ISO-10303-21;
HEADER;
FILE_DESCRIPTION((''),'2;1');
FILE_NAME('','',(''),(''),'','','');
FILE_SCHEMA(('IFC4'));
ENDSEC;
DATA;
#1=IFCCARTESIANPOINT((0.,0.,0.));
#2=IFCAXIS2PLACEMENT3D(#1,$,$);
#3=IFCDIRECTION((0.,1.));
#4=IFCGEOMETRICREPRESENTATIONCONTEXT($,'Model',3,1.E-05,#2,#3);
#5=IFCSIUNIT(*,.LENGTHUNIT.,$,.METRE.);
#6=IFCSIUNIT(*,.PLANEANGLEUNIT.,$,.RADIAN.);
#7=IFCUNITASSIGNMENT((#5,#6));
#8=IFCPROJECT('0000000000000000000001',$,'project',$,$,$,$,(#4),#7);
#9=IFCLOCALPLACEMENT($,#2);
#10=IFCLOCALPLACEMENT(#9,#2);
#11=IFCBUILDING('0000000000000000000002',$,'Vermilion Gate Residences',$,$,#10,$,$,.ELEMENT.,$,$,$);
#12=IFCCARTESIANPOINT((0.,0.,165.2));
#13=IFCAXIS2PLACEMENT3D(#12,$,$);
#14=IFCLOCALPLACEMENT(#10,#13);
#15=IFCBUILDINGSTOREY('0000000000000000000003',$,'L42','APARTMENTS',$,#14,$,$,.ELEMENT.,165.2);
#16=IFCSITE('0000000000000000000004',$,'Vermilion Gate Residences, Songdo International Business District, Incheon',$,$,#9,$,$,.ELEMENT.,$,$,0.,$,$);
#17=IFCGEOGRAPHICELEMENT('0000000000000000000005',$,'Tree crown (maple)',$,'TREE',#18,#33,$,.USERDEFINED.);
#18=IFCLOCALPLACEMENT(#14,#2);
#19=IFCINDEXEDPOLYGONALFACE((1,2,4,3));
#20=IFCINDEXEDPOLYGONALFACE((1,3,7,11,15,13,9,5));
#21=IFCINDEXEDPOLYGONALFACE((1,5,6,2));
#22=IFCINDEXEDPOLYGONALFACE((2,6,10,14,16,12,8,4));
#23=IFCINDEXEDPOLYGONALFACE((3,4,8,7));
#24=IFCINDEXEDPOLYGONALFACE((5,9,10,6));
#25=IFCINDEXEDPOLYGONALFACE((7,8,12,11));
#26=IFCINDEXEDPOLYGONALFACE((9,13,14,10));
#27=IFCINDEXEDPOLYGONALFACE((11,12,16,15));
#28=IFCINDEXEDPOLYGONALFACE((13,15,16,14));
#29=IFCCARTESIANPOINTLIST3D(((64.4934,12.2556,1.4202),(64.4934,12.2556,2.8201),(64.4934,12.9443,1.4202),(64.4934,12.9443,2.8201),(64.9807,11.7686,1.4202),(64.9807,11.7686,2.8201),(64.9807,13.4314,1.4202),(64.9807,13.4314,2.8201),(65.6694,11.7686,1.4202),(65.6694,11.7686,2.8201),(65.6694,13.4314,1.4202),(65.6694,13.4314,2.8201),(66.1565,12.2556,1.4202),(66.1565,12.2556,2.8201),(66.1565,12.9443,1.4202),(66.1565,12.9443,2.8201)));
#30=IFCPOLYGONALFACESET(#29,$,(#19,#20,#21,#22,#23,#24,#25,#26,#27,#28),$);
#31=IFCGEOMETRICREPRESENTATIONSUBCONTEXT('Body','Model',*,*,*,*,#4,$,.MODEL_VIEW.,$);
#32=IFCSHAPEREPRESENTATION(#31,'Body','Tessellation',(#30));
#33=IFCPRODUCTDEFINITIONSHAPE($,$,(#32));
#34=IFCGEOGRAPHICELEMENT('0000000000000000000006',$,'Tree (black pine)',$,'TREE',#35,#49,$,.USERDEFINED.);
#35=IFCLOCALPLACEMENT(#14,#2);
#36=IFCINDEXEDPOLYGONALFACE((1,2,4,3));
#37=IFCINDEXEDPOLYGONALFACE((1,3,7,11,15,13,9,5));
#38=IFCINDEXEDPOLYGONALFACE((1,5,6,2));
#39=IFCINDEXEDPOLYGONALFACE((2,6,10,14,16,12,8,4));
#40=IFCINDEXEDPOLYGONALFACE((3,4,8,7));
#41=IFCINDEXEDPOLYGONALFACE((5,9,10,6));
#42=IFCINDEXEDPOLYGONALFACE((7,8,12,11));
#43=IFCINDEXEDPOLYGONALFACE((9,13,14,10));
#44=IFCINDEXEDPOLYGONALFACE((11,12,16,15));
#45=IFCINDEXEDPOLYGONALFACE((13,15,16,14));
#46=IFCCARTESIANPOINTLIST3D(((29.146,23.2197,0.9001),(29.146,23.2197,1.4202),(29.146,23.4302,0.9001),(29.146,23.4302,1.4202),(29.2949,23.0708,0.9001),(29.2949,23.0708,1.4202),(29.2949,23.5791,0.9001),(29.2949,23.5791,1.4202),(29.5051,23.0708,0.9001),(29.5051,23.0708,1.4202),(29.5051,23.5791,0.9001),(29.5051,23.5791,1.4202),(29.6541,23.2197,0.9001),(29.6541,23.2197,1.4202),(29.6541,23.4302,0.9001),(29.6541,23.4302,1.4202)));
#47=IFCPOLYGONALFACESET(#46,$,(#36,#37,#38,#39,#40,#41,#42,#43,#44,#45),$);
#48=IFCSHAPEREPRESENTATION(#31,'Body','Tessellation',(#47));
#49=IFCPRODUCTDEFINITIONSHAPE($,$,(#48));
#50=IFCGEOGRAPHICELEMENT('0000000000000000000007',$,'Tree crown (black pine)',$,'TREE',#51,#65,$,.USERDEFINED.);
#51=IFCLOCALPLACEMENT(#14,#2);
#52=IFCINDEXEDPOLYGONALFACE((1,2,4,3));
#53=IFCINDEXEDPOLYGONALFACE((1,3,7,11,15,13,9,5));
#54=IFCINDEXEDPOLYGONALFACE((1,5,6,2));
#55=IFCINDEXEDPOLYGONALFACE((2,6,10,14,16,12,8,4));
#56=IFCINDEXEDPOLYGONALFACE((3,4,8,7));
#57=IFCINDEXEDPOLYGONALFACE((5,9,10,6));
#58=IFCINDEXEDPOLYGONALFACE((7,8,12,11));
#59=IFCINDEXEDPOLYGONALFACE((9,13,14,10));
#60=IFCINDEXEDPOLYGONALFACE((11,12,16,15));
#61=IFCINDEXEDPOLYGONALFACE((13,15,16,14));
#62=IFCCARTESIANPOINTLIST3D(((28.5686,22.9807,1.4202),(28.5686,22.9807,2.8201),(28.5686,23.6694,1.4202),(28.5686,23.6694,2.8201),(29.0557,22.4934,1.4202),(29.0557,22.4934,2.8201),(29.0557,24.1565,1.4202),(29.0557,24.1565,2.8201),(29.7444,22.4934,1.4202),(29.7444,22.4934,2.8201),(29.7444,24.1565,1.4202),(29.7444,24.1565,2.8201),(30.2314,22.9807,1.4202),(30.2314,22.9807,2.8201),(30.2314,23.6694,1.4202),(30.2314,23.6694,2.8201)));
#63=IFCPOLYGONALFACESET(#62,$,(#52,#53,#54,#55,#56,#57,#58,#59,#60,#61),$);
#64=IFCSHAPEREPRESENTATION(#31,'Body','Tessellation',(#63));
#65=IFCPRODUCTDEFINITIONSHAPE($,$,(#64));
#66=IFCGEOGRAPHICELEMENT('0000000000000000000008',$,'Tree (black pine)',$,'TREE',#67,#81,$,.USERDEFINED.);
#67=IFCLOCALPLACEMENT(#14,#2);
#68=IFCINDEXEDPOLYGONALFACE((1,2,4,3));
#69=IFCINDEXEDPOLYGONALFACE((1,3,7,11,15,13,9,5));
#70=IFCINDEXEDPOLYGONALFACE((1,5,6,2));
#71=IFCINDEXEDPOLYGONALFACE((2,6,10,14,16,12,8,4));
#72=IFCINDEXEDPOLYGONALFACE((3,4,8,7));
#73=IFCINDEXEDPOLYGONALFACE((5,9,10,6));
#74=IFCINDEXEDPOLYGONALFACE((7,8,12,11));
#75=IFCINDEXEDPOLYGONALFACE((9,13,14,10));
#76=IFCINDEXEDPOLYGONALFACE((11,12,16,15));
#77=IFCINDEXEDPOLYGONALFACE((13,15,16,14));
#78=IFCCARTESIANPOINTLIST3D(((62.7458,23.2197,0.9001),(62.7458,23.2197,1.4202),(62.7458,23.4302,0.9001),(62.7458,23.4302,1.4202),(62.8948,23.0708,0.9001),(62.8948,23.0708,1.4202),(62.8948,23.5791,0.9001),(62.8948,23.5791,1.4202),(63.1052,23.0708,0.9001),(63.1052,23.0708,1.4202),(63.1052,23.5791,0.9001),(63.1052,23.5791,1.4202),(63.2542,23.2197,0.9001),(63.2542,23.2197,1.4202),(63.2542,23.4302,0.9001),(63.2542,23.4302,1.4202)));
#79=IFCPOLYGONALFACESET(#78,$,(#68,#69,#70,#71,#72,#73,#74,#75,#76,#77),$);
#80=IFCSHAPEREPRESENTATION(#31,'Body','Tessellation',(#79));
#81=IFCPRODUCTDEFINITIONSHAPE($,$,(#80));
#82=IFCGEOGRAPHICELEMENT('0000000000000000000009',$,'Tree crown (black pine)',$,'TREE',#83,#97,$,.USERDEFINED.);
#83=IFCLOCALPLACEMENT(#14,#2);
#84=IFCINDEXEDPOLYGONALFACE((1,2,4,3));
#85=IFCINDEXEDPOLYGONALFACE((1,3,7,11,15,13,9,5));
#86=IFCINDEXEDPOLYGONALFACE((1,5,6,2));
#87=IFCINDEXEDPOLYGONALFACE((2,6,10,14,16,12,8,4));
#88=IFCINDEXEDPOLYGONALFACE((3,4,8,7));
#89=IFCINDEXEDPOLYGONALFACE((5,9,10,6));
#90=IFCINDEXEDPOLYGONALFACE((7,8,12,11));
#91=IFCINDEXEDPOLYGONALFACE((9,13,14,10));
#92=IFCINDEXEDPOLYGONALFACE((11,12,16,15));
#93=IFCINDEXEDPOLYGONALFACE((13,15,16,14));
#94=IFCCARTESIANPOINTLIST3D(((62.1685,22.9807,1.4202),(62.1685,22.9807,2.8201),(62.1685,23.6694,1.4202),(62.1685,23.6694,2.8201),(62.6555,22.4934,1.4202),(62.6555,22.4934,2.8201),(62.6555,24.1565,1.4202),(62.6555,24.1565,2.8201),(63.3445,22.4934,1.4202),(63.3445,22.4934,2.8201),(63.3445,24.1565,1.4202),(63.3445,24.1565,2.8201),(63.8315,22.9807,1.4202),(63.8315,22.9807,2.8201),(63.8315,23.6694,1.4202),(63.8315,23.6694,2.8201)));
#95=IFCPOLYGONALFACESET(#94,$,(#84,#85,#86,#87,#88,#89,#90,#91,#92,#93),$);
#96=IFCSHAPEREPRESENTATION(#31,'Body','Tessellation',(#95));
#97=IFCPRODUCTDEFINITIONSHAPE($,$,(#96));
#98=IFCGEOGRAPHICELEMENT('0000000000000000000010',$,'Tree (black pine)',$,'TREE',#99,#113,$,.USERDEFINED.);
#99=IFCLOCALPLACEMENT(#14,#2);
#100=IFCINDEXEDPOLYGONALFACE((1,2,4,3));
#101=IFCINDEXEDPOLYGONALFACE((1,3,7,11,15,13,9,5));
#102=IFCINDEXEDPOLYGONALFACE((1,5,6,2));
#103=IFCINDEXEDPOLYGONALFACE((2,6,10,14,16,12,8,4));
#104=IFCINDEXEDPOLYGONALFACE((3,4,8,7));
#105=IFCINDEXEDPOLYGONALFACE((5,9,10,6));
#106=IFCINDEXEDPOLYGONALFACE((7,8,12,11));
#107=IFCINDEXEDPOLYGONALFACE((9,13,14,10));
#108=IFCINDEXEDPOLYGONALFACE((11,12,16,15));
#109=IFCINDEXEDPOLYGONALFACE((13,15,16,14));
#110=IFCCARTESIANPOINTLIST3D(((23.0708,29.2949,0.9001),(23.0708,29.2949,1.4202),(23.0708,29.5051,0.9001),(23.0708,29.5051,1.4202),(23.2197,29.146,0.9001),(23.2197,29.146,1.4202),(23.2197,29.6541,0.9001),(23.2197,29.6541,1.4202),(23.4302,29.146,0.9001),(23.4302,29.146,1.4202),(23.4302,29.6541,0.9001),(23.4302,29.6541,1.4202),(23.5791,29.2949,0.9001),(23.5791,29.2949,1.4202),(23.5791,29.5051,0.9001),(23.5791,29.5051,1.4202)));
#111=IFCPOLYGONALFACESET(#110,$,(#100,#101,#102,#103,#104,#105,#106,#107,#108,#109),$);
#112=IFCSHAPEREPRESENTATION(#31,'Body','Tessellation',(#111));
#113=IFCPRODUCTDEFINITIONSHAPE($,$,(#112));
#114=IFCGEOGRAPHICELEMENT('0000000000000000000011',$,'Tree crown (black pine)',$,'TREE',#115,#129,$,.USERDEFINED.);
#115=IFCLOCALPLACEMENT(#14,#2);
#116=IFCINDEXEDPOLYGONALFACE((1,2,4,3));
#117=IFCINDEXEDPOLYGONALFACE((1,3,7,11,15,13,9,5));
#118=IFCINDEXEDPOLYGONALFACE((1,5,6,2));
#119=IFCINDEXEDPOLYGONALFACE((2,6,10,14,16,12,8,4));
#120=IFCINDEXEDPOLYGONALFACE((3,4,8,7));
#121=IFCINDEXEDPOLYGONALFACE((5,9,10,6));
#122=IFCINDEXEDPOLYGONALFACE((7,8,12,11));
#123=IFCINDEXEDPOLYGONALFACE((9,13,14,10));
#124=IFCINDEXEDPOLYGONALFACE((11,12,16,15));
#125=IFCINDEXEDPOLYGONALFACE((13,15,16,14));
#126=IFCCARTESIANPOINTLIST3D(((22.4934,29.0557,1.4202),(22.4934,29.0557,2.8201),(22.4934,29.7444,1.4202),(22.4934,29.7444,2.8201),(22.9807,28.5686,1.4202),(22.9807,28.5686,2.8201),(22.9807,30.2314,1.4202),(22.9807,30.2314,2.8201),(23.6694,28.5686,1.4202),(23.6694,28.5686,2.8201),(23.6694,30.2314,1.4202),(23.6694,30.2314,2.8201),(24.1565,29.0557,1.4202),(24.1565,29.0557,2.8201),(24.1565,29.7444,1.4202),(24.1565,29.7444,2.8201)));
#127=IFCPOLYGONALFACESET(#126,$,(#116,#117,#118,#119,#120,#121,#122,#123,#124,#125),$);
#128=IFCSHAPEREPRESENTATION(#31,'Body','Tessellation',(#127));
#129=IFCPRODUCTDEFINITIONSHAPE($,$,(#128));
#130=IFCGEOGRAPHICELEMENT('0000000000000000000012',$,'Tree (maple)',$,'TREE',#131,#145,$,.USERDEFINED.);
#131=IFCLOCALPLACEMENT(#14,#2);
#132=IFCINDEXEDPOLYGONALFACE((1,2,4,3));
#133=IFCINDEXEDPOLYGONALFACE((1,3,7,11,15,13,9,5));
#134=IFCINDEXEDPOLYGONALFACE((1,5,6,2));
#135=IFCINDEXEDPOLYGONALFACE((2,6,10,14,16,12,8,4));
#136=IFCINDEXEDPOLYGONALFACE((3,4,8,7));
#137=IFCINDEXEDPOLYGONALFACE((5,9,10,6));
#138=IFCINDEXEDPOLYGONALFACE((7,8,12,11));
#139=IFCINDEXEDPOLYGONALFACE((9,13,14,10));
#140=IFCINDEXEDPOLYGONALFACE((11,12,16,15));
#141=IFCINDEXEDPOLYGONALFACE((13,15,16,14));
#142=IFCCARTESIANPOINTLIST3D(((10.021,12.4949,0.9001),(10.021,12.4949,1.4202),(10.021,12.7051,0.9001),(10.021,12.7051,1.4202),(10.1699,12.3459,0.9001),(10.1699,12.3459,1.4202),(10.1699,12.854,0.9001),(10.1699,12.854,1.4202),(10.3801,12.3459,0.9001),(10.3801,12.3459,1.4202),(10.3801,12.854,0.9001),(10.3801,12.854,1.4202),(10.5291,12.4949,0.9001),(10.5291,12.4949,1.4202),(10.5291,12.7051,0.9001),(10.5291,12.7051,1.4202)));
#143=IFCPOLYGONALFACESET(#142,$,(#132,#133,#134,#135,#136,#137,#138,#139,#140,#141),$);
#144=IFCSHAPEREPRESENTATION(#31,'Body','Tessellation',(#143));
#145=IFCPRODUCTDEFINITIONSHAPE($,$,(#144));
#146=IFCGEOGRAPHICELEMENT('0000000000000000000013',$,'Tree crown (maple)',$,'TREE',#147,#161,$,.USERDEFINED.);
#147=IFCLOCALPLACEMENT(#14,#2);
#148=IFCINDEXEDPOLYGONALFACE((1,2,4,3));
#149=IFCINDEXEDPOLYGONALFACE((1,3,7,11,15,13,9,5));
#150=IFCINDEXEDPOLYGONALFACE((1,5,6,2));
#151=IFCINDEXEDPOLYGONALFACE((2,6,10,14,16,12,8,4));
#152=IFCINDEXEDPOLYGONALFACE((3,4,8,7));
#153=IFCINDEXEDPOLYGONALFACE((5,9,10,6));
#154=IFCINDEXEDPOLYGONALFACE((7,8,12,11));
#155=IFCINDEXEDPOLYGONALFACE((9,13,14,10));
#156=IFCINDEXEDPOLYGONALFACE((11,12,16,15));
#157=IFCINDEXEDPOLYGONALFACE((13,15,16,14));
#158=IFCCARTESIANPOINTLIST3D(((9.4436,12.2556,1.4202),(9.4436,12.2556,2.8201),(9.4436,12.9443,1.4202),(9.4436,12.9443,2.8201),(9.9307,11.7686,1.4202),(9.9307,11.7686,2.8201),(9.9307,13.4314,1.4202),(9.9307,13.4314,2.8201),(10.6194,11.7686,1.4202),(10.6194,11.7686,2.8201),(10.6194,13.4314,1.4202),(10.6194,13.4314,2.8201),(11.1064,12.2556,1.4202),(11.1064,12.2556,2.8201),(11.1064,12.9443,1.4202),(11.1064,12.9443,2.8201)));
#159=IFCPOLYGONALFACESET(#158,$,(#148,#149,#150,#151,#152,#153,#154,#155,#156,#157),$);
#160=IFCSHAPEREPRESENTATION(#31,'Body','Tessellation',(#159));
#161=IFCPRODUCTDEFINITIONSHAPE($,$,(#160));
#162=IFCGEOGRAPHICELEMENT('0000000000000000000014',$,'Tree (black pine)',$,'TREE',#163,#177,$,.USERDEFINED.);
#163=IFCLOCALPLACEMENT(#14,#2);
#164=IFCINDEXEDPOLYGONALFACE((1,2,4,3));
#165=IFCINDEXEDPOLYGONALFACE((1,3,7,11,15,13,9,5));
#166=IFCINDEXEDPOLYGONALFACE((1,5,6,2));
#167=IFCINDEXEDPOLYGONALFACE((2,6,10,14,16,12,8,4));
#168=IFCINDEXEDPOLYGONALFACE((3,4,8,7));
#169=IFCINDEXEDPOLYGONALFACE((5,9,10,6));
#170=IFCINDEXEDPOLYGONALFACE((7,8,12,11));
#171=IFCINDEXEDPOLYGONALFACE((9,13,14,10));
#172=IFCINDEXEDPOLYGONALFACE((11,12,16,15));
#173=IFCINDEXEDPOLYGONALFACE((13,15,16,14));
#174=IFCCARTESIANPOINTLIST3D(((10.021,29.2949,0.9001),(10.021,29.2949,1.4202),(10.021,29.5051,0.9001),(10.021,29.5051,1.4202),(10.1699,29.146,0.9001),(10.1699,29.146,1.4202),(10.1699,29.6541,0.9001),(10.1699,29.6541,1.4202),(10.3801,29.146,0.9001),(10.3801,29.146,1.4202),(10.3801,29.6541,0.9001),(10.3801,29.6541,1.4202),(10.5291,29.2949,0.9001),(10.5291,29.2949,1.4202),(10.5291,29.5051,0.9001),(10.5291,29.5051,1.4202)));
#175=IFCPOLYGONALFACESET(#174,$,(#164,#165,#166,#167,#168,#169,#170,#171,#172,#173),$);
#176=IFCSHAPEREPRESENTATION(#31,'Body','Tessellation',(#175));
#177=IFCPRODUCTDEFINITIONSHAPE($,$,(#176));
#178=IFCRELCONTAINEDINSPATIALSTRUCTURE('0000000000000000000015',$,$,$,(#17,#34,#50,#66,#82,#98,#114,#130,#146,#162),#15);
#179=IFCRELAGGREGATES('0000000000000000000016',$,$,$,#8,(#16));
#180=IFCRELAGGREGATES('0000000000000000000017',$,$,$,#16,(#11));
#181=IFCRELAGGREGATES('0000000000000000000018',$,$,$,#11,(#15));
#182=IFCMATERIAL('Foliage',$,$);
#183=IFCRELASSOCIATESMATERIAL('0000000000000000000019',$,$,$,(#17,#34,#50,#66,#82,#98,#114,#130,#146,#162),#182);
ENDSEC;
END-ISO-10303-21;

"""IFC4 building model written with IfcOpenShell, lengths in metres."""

from ifc_helpers import new_model, si_unit, direction, frame, origin, place, context, subcontext, project, spatial, polyline, outline, extrude, material, element, save


model = new_model("IFC4")

# Units and contexts
model_context = context("Model", 3, precision=1e-05, world=origin(), true_north=direction((0.0, 1.0)))
body_context = subcontext(model_context, "Body", "Model", "MODEL_VIEW")
ifc_project = project(units=[si_unit("LENGTHUNIT", "METRE"), si_unit("PLANEANGLEUNIT", "RADIAN")], contexts=[model_context])

# Site, building, storey
site_placement = place(None, origin())
site = spatial("IfcSite", under=ifc_project, at=site_placement, Name="Vermilion Gate Residences, Songdo International Business District, Incheon", CompositionType="ELEMENT", RefElevation=0.0)
building_placement = place(site_placement, origin())
building = spatial("IfcBuilding", under=site, at=building_placement, Name="Vermilion Gate Residences", CompositionType="ELEMENT")
storey_placement = place(building_placement, frame((0.0, 0.0, 165.2)))
storey = spatial("IfcBuildingStorey", under=building, at=storey_placement, Name="L42", Description="APARTMENTS", CompositionType="ELEMENT", Elevation=165.2)

# Geographic elements
ifc_material_1 = material(Name="Foliage")
geographic_element_1_placement = place(storey_placement, frame((0.0, 0.0, 1.4202)))
element("IfcGeographicElement", 1, at=geographic_element_1_placement, inside=storey, material=ifc_material_1, Name="Tree crown (maple)", ObjectType="TREE", PredefinedType="USERDEFINED", context=body_context, shape_type="SweptSolid", body=[
    extrude(outline(polyline([(66.1565, 12.9443), (65.6694, 13.4314), (64.9807, 13.4314), (64.4934, 12.9443), (64.4934, 12.2556), (64.9807, 11.7686), (65.6694, 11.7686), (66.1565, 12.2556), (66.1565, 12.9443)])), origin(), (0.0, 0.0, 1.0), 1.3999),
])
geographic_element_2_placement = place(storey_placement, frame((0.0, 0.0, 0.9001)))
element("IfcGeographicElement", 2, at=geographic_element_2_placement, inside=storey, material=ifc_material_1, Name="Tree (black pine)", ObjectType="TREE", PredefinedType="USERDEFINED", context=body_context, shape_type="SweptSolid", body=[
    extrude(outline(polyline([(29.6541, 23.4302), (29.5051, 23.5791), (29.2949, 23.5791), (29.146, 23.4302), (29.146, 23.2197), (29.2949, 23.0708), (29.5051, 23.0708), (29.6541, 23.2197), (29.6541, 23.4302)])), origin(), (0.0, 0.0, 1.0), 0.52),
])
geographic_element_3_placement = place(storey_placement, frame((0.0, 0.0, 1.4202)))
element("IfcGeographicElement", 3, at=geographic_element_3_placement, inside=storey, material=ifc_material_1, Name="Tree crown (black pine)", ObjectType="TREE", PredefinedType="USERDEFINED", context=body_context, shape_type="SweptSolid", body=[
    extrude(outline(polyline([(30.2314, 23.6694), (29.7444, 24.1565), (29.0557, 24.1565), (28.5686, 23.6694), (28.5686, 22.9807), (29.0557, 22.4934), (29.7444, 22.4934), (30.2314, 22.9807), (30.2314, 23.6694)])), origin(), (0.0, 0.0, 1.0), 1.3999),
])
geographic_element_4_placement = place(storey_placement, frame((0.0, 0.0, 0.9001)))
element("IfcGeographicElement", 4, at=geographic_element_4_placement, inside=storey, material=ifc_material_1, Name="Tree (black pine)", ObjectType="TREE", PredefinedType="USERDEFINED", context=body_context, shape_type="SweptSolid", body=[
    extrude(outline(polyline([(63.2542, 23.4302), (63.1052, 23.5791), (62.8948, 23.5791), (62.7458, 23.4302), (62.7458, 23.2197), (62.8948, 23.0708), (63.1052, 23.0708), (63.2542, 23.2197), (63.2542, 23.4302)])), origin(), (0.0, 0.0, 1.0), 0.52),
])
geographic_element_5_placement = place(storey_placement, frame((0.0, 0.0, 1.4202)))
element("IfcGeographicElement", 5, at=geographic_element_5_placement, inside=storey, material=ifc_material_1, Name="Tree crown (black pine)", ObjectType="TREE", PredefinedType="USERDEFINED", context=body_context, shape_type="SweptSolid", body=[
    extrude(outline(polyline([(63.8315, 23.6694), (63.3445, 24.1565), (62.6555, 24.1565), (62.1685, 23.6694), (62.1685, 22.9807), (62.6555, 22.4934), (63.3445, 22.4934), (63.8315, 22.9807), (63.8315, 23.6694)])), origin(), (0.0, 0.0, 1.0), 1.3999),
])
geographic_element_6_placement = place(storey_placement, frame((0.0, 0.0, 0.9001)))
element("IfcGeographicElement", 6, at=geographic_element_6_placement, inside=storey, material=ifc_material_1, Name="Tree (black pine)", ObjectType="TREE", PredefinedType="USERDEFINED", context=body_context, shape_type="SweptSolid", body=[
    extrude(outline(polyline([(23.5791, 29.5051), (23.4302, 29.6541), (23.2197, 29.6541), (23.0708, 29.5051), (23.0708, 29.2949), (23.2197, 29.146), (23.4302, 29.146), (23.5791, 29.2949), (23.5791, 29.5051)])), origin(), (0.0, 0.0, 1.0), 0.52),
])
geographic_element_7_placement = place(storey_placement, frame((0.0, 0.0, 1.4202)))
element("IfcGeographicElement", 7, at=geographic_element_7_placement, inside=storey, material=ifc_material_1, Name="Tree crown (black pine)", ObjectType="TREE", PredefinedType="USERDEFINED", context=body_context, shape_type="SweptSolid", body=[
    extrude(outline(polyline([(24.1565, 29.7444), (23.6694, 30.2314), (22.9807, 30.2314), (22.4934, 29.7444), (22.4934, 29.0557), (22.9807, 28.5686), (23.6694, 28.5686), (24.1565, 29.0557), (24.1565, 29.7444)])), origin(), (0.0, 0.0, 1.0), 1.3999),
])
geographic_element_8_placement = place(storey_placement, frame((0.0, 0.0, 0.9001)))
element("IfcGeographicElement", 8, at=geographic_element_8_placement, inside=storey, material=ifc_material_1, Name="Tree (maple)", ObjectType="TREE", PredefinedType="USERDEFINED", context=body_context, shape_type="SweptSolid", body=[
    extrude(outline(polyline([(10.5291, 12.7051), (10.3801, 12.854), (10.1699, 12.854), (10.021, 12.7051), (10.021, 12.4949), (10.1699, 12.3459), (10.3801, 12.3459), (10.5291, 12.4949), (10.5291, 12.7051)])), origin(), (0.0, 0.0, 1.0), 0.52),
])
geographic_element_9_placement = place(storey_placement, frame((0.0, 0.0, 1.4202)))
element("IfcGeographicElement", 9, at=geographic_element_9_placement, inside=storey, material=ifc_material_1, Name="Tree crown (maple)", ObjectType="TREE", PredefinedType="USERDEFINED", context=body_context, shape_type="SweptSolid", body=[
    extrude(outline(polyline([(11.1064, 12.9443), (10.6194, 13.4314), (9.9307, 13.4314), (9.4436, 12.9443), (9.4436, 12.2556), (9.9307, 11.7686), (10.6194, 11.7686), (11.1064, 12.2556), (11.1064, 12.9443)])), origin(), (0.0, 0.0, 1.0), 1.3999),
])
geographic_element_10_placement = place(storey_placement, frame((0.0, 0.0, 0.9001)))
element("IfcGeographicElement", 10, at=geographic_element_10_placement, inside=storey, material=ifc_material_1, Name="Tree (black pine)", ObjectType="TREE", PredefinedType="USERDEFINED", context=body_context, shape_type="SweptSolid", body=[
    extrude(outline(polyline([(10.5291, 29.5051), (10.3801, 29.6541), (10.1699, 29.6541), (10.021, 29.5051), (10.021, 29.2949), (10.1699, 29.146), (10.3801, 29.146), (10.5291, 29.2949), (10.5291, 29.5051)])), origin(), (0.0, 0.0, 1.0), 0.52),
])

save(model, "model.ifc")
